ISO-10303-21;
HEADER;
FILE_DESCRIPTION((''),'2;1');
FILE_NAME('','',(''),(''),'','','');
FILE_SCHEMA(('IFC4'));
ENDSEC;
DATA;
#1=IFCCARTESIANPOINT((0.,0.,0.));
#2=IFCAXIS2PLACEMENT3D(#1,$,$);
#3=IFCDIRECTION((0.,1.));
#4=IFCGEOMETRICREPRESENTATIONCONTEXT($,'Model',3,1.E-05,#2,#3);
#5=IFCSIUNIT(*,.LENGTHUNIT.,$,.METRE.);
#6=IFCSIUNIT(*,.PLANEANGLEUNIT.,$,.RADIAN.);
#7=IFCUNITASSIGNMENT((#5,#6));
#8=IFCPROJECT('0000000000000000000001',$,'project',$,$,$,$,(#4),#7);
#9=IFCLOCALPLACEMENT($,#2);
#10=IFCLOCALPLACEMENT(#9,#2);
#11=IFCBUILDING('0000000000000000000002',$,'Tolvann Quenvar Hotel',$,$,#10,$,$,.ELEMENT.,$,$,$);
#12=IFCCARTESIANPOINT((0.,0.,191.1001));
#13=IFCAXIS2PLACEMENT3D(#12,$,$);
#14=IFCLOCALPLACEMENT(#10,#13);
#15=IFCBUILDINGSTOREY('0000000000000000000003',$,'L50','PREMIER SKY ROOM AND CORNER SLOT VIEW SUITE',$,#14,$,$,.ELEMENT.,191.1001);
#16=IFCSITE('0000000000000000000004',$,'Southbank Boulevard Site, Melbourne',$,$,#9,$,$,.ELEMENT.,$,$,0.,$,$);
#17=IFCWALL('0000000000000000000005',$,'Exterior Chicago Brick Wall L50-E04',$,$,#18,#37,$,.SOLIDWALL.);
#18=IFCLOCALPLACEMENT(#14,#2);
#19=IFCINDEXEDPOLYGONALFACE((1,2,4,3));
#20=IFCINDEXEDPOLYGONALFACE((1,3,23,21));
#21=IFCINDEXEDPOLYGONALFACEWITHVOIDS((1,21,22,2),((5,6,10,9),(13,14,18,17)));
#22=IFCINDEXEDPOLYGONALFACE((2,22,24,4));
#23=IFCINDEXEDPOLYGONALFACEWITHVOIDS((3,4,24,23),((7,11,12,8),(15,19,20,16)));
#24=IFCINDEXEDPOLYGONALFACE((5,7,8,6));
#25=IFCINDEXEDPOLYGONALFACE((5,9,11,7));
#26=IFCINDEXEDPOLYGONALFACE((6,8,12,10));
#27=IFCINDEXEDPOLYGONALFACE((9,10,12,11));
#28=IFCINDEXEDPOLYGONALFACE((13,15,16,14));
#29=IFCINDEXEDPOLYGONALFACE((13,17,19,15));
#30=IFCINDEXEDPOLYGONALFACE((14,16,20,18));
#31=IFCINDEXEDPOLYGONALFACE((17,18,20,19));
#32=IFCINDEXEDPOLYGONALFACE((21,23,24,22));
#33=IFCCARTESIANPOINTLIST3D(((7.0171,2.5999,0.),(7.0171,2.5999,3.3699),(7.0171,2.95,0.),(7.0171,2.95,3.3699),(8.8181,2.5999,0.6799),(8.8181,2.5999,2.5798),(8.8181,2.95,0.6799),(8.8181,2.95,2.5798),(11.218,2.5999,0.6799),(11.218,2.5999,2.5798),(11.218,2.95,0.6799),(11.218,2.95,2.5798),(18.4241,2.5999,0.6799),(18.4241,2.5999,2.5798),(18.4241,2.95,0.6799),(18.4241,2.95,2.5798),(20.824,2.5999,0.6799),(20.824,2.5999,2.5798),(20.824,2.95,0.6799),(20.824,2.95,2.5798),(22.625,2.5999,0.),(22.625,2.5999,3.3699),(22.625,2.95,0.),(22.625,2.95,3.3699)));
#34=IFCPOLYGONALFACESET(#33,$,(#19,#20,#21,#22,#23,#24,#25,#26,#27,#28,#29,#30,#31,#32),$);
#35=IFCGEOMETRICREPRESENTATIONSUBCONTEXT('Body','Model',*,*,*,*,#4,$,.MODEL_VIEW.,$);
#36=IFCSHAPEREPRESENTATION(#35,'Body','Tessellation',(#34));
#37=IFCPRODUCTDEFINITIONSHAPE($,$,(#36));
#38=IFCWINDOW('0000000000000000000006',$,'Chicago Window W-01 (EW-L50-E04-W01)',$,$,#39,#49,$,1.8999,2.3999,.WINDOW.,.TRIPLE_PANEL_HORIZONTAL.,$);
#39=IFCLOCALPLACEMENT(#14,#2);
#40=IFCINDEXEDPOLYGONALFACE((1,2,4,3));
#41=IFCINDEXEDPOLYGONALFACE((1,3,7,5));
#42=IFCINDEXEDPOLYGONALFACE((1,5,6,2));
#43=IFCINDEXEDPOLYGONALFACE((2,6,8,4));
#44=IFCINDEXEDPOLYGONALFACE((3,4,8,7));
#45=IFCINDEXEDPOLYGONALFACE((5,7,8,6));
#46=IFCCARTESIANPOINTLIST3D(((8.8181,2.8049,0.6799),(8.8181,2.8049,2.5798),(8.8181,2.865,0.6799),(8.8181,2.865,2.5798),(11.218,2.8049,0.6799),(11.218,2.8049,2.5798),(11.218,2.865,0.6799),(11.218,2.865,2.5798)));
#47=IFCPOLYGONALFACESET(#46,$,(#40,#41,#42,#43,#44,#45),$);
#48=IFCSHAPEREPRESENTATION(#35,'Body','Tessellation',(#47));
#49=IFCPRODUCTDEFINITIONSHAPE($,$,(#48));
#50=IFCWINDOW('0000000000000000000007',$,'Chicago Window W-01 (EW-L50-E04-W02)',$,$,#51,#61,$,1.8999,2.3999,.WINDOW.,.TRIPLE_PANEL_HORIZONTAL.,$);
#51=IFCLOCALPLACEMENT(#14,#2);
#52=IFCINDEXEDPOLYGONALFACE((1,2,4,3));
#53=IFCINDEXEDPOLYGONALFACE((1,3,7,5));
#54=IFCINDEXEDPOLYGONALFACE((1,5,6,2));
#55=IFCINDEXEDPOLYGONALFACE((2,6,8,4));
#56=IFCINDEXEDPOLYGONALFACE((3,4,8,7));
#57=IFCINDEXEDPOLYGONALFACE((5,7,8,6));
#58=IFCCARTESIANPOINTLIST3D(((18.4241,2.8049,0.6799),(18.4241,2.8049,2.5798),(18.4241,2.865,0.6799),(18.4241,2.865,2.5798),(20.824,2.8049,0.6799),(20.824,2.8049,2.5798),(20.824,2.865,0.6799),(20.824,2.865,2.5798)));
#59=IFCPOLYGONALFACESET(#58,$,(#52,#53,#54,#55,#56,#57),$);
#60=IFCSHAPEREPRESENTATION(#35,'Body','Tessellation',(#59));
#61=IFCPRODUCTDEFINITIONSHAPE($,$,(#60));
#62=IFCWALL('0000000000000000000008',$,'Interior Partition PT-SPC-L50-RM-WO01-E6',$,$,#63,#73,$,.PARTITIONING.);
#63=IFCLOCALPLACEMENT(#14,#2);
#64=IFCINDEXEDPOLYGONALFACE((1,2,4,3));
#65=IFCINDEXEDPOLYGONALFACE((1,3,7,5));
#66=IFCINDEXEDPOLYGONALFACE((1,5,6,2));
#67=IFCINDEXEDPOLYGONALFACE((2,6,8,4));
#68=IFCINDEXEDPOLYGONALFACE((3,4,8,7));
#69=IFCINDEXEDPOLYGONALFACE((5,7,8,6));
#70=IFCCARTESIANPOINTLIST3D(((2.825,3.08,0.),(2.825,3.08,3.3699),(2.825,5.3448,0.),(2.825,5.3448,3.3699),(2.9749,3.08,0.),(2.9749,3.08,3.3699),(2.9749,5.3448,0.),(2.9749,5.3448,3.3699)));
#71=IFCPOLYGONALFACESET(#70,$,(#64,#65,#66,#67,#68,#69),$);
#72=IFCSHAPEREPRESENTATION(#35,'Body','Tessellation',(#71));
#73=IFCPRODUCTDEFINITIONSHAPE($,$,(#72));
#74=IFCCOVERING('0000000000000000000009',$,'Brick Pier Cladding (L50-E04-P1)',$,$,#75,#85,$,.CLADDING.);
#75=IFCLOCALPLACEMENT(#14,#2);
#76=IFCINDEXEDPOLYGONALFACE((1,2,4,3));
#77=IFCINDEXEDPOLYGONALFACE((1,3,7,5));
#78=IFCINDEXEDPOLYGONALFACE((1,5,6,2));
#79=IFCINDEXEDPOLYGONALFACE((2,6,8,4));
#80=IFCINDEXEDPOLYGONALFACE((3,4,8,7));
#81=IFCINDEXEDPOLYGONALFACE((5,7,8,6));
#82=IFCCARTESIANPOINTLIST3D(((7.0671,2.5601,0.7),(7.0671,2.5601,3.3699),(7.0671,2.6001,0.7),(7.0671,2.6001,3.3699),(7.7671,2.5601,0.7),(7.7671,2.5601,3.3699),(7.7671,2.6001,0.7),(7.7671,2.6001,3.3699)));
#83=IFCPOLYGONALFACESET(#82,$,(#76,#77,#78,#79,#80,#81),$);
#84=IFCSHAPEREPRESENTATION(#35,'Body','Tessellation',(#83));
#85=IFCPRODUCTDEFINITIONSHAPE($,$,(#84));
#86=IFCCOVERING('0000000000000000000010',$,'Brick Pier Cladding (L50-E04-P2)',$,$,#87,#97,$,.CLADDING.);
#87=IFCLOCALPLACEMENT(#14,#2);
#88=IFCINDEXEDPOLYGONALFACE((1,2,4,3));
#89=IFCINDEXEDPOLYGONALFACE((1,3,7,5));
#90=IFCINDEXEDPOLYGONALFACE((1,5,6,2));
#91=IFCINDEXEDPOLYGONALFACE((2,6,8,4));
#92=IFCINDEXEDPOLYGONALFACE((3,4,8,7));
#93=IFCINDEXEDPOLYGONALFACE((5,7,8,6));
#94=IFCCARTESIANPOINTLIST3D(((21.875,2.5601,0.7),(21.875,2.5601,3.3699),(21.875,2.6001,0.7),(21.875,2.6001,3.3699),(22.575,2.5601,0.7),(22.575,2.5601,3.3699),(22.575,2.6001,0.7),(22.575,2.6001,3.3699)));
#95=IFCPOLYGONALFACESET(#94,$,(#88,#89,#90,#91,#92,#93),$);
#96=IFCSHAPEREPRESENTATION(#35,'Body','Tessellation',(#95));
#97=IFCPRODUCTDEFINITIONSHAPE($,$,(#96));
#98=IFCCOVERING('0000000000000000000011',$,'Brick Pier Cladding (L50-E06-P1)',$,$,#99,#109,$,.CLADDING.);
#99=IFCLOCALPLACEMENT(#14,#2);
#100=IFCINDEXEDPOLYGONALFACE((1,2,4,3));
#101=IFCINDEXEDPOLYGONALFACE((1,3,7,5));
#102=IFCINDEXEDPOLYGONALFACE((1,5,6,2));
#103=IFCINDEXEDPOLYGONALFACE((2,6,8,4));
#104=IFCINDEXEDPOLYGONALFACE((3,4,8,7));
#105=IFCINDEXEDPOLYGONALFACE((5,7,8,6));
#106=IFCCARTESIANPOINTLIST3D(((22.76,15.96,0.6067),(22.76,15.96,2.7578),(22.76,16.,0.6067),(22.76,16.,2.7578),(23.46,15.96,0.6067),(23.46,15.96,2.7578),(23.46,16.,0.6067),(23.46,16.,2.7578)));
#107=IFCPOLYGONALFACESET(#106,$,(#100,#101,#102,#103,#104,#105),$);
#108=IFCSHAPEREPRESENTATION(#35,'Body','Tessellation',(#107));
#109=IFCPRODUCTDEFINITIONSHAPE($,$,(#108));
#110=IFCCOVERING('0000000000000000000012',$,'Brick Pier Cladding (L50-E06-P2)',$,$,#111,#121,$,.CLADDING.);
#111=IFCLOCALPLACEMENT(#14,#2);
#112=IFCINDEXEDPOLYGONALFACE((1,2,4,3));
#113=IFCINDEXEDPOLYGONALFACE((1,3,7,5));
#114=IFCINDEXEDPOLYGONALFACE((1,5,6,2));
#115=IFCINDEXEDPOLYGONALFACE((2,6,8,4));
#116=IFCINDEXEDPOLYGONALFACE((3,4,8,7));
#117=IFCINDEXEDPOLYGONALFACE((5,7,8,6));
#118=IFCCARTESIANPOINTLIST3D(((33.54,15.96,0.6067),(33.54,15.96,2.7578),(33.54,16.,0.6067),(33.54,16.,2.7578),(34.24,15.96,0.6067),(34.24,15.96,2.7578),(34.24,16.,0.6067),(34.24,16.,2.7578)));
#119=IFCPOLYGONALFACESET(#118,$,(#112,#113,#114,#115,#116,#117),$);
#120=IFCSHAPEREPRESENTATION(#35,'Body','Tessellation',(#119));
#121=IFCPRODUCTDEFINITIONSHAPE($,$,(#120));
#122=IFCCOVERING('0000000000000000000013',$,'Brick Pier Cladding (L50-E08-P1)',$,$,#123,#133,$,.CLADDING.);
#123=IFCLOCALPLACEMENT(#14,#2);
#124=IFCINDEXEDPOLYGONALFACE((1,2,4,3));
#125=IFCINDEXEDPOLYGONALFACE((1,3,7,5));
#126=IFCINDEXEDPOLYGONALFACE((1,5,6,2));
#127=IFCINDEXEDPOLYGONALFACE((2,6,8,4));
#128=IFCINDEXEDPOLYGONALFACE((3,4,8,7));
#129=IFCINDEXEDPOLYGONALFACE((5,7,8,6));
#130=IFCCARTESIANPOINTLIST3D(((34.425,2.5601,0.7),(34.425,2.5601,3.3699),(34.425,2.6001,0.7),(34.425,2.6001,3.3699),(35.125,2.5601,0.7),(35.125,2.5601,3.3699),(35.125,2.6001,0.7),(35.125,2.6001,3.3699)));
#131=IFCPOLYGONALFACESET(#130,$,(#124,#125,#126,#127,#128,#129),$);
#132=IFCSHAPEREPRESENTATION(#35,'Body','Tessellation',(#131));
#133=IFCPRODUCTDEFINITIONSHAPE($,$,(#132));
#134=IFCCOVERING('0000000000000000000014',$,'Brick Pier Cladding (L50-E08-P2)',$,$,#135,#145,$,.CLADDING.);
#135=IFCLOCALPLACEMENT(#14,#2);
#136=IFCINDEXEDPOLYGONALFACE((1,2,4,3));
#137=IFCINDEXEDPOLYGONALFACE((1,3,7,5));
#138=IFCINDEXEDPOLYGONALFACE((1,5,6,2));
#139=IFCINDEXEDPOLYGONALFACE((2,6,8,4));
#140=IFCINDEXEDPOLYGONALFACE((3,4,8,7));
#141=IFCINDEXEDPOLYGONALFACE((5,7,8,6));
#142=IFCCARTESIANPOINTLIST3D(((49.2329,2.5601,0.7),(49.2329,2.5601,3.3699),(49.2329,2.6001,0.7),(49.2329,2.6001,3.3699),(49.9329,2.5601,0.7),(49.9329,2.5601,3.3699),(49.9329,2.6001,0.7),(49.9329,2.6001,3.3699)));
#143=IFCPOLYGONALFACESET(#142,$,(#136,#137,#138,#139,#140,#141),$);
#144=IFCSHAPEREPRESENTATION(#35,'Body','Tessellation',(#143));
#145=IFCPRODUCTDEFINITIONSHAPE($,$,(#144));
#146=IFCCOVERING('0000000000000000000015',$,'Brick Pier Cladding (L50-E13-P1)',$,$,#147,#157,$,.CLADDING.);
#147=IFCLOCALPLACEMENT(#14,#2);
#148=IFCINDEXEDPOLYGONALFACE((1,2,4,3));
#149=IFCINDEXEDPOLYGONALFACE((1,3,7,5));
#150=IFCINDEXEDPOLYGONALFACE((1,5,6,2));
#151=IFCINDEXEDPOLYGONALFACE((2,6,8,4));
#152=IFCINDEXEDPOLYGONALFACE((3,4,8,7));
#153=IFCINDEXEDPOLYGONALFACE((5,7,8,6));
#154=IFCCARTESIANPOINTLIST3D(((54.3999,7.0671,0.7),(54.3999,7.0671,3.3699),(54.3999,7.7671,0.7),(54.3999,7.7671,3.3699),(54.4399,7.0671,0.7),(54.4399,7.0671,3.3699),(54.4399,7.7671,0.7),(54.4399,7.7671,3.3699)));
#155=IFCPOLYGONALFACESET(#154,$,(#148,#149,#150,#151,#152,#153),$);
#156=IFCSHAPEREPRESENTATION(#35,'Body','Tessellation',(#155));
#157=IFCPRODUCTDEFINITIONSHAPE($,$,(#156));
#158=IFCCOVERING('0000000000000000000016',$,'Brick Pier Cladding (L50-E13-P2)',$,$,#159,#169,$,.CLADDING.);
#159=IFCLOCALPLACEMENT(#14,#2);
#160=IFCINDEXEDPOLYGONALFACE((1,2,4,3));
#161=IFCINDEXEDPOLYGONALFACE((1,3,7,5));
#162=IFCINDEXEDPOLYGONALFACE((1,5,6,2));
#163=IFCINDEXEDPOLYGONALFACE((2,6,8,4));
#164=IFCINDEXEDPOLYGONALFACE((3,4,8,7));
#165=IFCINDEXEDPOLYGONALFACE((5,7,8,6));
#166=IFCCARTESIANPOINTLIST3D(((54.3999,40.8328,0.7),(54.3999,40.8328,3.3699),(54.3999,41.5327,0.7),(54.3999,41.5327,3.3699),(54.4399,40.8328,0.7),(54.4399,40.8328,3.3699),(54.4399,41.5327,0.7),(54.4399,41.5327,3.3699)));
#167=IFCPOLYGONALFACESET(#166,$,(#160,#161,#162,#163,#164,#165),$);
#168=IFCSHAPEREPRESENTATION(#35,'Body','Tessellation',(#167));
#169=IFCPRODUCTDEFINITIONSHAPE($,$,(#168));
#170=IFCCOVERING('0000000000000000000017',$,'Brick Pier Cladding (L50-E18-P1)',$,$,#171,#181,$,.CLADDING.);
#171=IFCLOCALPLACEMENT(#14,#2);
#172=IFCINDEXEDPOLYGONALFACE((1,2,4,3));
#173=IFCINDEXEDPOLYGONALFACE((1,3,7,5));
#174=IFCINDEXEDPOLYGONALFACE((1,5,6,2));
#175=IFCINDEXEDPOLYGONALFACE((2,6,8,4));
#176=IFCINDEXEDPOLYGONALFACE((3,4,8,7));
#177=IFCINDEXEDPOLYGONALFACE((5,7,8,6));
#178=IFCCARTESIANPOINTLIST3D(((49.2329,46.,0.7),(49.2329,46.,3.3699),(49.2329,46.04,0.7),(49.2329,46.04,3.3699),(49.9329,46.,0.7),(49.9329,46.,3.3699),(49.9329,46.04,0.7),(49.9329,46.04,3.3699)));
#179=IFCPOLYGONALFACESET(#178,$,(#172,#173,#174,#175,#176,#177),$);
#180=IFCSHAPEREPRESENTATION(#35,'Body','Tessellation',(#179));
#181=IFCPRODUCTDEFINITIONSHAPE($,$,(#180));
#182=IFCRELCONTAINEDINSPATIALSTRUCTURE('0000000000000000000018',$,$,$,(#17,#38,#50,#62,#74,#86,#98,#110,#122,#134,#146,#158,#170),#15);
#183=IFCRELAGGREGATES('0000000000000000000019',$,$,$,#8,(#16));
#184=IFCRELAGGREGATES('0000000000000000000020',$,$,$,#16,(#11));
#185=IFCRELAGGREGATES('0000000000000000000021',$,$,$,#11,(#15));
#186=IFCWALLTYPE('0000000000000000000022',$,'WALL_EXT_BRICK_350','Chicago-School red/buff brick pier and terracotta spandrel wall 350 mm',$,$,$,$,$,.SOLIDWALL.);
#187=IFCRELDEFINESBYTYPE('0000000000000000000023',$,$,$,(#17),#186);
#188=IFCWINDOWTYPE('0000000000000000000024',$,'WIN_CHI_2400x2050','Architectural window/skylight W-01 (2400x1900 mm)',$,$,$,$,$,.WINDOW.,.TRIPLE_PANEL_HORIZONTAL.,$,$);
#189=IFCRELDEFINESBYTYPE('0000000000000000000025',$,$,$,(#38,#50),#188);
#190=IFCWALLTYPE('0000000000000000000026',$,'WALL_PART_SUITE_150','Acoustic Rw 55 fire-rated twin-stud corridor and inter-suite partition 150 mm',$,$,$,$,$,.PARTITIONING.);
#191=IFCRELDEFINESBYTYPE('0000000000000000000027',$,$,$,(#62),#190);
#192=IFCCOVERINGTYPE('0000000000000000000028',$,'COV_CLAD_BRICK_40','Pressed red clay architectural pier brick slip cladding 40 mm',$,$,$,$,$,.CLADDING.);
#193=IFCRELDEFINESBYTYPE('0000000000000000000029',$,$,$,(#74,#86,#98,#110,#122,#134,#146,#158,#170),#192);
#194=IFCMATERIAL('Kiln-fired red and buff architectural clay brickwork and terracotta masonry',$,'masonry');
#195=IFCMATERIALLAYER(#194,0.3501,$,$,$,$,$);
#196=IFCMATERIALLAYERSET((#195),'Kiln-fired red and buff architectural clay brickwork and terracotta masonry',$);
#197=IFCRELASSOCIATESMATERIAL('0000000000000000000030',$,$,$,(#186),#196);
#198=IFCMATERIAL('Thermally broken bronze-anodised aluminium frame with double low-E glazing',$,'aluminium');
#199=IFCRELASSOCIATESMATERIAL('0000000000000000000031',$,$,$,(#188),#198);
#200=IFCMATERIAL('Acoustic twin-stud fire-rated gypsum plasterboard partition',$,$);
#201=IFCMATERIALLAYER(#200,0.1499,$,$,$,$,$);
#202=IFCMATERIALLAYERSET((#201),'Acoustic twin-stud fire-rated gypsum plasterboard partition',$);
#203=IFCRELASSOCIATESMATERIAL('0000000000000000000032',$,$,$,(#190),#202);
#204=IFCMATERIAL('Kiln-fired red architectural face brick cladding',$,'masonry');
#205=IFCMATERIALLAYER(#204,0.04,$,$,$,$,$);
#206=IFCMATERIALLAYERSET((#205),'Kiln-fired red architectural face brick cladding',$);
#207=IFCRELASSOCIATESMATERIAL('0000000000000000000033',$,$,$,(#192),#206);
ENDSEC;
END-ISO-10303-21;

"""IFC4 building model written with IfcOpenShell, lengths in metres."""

from ifc_helpers import new_model, si_unit, direction, frame, frame_2d, origin, place, context, subcontext, project, spatial, polyline, rectangle, outline, extrude, source, transform, mapped, material, layer, layer_set, type_object, type_shapes, element, fill, save


model = new_model("IFC4")

# Units and contexts
model_context = context("Model", 3, precision=1e-05, world=origin(), true_north=direction((0.0, 1.0)))
body_context = subcontext(model_context, "Body", "Model", "MODEL_VIEW")
ifc_project = project(units=[si_unit("LENGTHUNIT", "METRE"), si_unit("PLANEANGLEUNIT", "RADIAN")], contexts=[model_context])

# Site, building, storey
site_placement = place(None, origin())
site = spatial("IfcSite", under=ifc_project, at=site_placement, Name="Southbank Boulevard Site, Melbourne", CompositionType="ELEMENT", RefElevation=0.0)
building_placement = place(site_placement, origin())
building = spatial("IfcBuilding", under=site, at=building_placement, Name="Tolvann Quenvar Hotel", CompositionType="ELEMENT")
storey_placement = place(building_placement, frame((0.0, 0.0, 191.1001)))
storey = spatial("IfcBuildingStorey", under=building, at=storey_placement, Name="L50", Description="PREMIER SKY ROOM AND CORNER SLOT VIEW SUITE", CompositionType="ELEMENT", Elevation=191.1001)

# Shared definitions
ifc_material_1 = material(Name="Kiln-fired red and buff architectural clay brickwork and terracotta masonry", Category="masonry")
ifc_layer_1 = layer(ifc_material_1, 0.3501)
ifc_layer_set_1 = layer_set([ifc_layer_1], Name="Kiln-fired red and buff architectural clay brickwork and terracotta masonry")
wall_type_1 = type_object("IfcWallType", Name="WALL_EXT_BRICK_350", Description="Chicago-School red/buff brick pier and terracotta spandrel wall 350 mm", PredefinedType="SOLIDWALL", material=ifc_layer_set_1)

# Wall, openings, windows
wall_1_placement = place(storey_placement, frame((7.0171, 2.7749, 0.0), z_axis=(0.0, 0.0, 1.0), x_axis=(1.0, 0.0, 0.0)))
wall_1 = element("IfcWall", 1, at=wall_1_placement, inside=storey, type_object=wall_type_1, Name="Exterior Chicago Brick Wall L50-E04", PredefinedType="SOLIDWALL", context=body_context, shape_type="SweptSolid", body=[
    extrude(rectangle(XDim=15.6079, YDim=0.3501, at=frame_2d((7.804, 0.0))), origin(), (0.0, 0.0, 1.0), 3.3699),
])
opening_1_placement = place(wall_1_placement, frame((1.801, 0.0, 0.6799)))
opening_1 = element("IfcOpeningElement", 2, at=opening_1_placement, cuts=wall_1, PredefinedType="OPENING", context=body_context, shape_type="SweptSolid", body=[
    extrude(rectangle(XDim=2.3999, YDim=1.8999, at=frame_2d((1.2, 0.95))), frame((0.0, 0.1851, 0.0), z_axis=(0.0, -1.0, 0.0), x_axis=(1.0, 0.0, 0.0)), (0.0, 0.0, 1.0), 0.3701),
])
opening_2_placement = place(wall_1_placement, frame((11.407, 0.0, 0.6799)))
opening_2 = element("IfcOpeningElement", 3, at=opening_2_placement, cuts=wall_1, PredefinedType="OPENING", context=body_context, shape_type="SweptSolid", body=[
    extrude(rectangle(XDim=2.3999, YDim=1.8999, at=frame_2d((1.2, 0.95))), frame((0.0, 0.1851, 0.0), z_axis=(0.0, -1.0, 0.0), x_axis=(1.0, 0.0, 0.0)), (0.0, 0.0, 1.0), 0.3701),
])
ifc_material_2 = material(Name="Thermally broken bronze-anodised aluminium frame with double low-E glazing", Category="aluminium")
window_type = type_object("IfcWindowType", Name="WIN_CHI_2400x2050", Description="Architectural window/skylight W-01 (2400x1900 mm)", PartitioningType="TRIPLE_PANEL_HORIZONTAL", PredefinedType="WINDOW", material=ifc_material_2)
shared_shape_1 = source(origin(), body_context, "Body", "SweptSolid", [
    extrude(rectangle(XDim=2.3999, YDim=1.8999, at=frame_2d((1.2, 0.95))), frame((0.0, 0.0901, 0.0), z_axis=(0.0, -1.0, 0.0), x_axis=(1.0, 0.0, 0.0)), (0.0, 0.0, 1.0), 0.0601),
])
type_shapes(window_type, [shared_shape_1])
window_1_placement = place(opening_1_placement, origin())
window_1 = element("IfcWindow", 4, at=window_1_placement, inside=storey, type_object=window_type, Name="Chicago Window W-01 (EW-L50-E04-W01)", OverallHeight=1.8999, OverallWidth=2.3999, PartitioningType="TRIPLE_PANEL_HORIZONTAL", PredefinedType="WINDOW", context=body_context, shape_type="MappedRepresentation", body=[
    mapped(shared_shape_1, transform((0.0, 0.0, 0.0), x_axis=(1.0, 0.0, 0.0), y_axis=(0.0, 1.0, 0.0), z_axis=(0.0, 0.0, 1.0), scale=1.0)),
])
fill(opening_1, window_1)
window_2_placement = place(opening_2_placement, origin())
window_2 = element("IfcWindow", 5, at=window_2_placement, inside=storey, type_object=window_type, Name="Chicago Window W-01 (EW-L50-E04-W02)", OverallHeight=1.8999, OverallWidth=2.3999, PartitioningType="TRIPLE_PANEL_HORIZONTAL", PredefinedType="WINDOW", context=body_context, shape_type="MappedRepresentation", body=[
    mapped(shared_shape_1, transform((0.0, 0.0, 0.0), x_axis=(1.0, 0.0, 0.0), y_axis=(0.0, 1.0, 0.0), z_axis=(0.0, 0.0, 1.0), scale=1.0)),
])
fill(opening_2, window_2)

# Shared definitions
ifc_material_3 = material(Name="Acoustic twin-stud fire-rated gypsum plasterboard partition")
ifc_layer_2 = layer(ifc_material_3, 0.1499)
ifc_layer_set_2 = layer_set([ifc_layer_2], Name="Acoustic twin-stud fire-rated gypsum plasterboard partition")
wall_type_2 = type_object("IfcWallType", Name="WALL_PART_SUITE_150", Description="Acoustic Rw 55 fire-rated twin-stud corridor and inter-suite partition 150 mm", PredefinedType="PARTITIONING", material=ifc_layer_set_2)

# Wall
wall_2_placement = place(storey_placement, frame((2.8999, 3.0801, 0.0), z_axis=(0.0, 0.0, 1.0), x_axis=(0.0, 1.0, 0.0)))
element("IfcWall", 6, at=wall_2_placement, inside=storey, type_object=wall_type_2, Name="Interior Partition PT-SPC-L50-RM-WO01-E6", PredefinedType="PARTITIONING", context=body_context, shape_type="SweptSolid", body=[
    extrude(rectangle(XDim=2.2649, YDim=0.1499, at=frame_2d((1.1323, 0.0))), origin(), (0.0, 0.0, 1.0), 3.3699),
])

# Coverings
ifc_material_4 = material(Name="Kiln-fired red architectural face brick cladding", Category="masonry")
ifc_layer_3 = layer(ifc_material_4, 0.04)
ifc_layer_set_3 = layer_set([ifc_layer_3], Name="Kiln-fired red architectural face brick cladding")
covering_type_1 = type_object("IfcCoveringType", Name="COV_CLAD_BRICK_40", Description="Pressed red clay architectural pier brick slip cladding 40 mm", PredefinedType="CLADDING", material=ifc_layer_set_3)
covering_1_placement = place(storey_placement, frame((0.0, 0.0, 0.7)))
element("IfcCovering", 7, at=covering_1_placement, inside=storey, type_object=covering_type_1, Name="Brick Pier Cladding (L50-E04-P1)", PredefinedType="CLADDING", context=body_context, shape_type="SweptSolid", body=[
    extrude(outline(polyline([(7.0671, 2.6001), (7.7671, 2.6001), (7.7671, 2.5601), (7.0671, 2.5601), (7.0671, 2.6001)])), origin(), (0.0, 0.0, 1.0), 2.6699),
])
covering_2_placement = place(storey_placement, frame((0.0, 0.0, 0.7)))
element("IfcCovering", 8, at=covering_2_placement, inside=storey, type_object=covering_type_1, Name="Brick Pier Cladding (L50-E04-P2)", PredefinedType="CLADDING", context=body_context, shape_type="SweptSolid", body=[
    extrude(outline(polyline([(21.875, 2.6001), (22.575, 2.6001), (22.575, 2.5601), (21.875, 2.5601), (21.875, 2.6001)])), origin(), (0.0, 0.0, 1.0), 2.6699),
])
covering_3_placement = place(storey_placement, frame((0.0, 0.0, 0.6067)))
element("IfcCovering", 9, at=covering_3_placement, inside=storey, type_object=covering_type_1, Name="Brick Pier Cladding (L50-E06-P1)", PredefinedType="CLADDING", context=body_context, shape_type="SweptSolid", body=[
    extrude(outline(polyline([(22.76, 16.0), (23.46, 16.0), (23.46, 15.96), (22.76, 15.96), (22.76, 16.0)])), origin(), (0.0, 0.0, 1.0), 2.1511),
])
covering_4_placement = place(storey_placement, frame((0.0, 0.0, 0.6067)))
element("IfcCovering", 10, at=covering_4_placement, inside=storey, type_object=covering_type_1, Name="Brick Pier Cladding (L50-E06-P2)", PredefinedType="CLADDING", context=body_context, shape_type="SweptSolid", body=[
    extrude(outline(polyline([(33.54, 16.0), (34.24, 16.0), (34.24, 15.96), (33.54, 15.96), (33.54, 16.0)])), origin(), (0.0, 0.0, 1.0), 2.1511),
])
covering_5_placement = place(storey_placement, frame((0.0, 0.0, 0.7)))
element("IfcCovering", 11, at=covering_5_placement, inside=storey, type_object=covering_type_1, Name="Brick Pier Cladding (L50-E08-P1)", PredefinedType="CLADDING", context=body_context, shape_type="SweptSolid", body=[
    extrude(outline(polyline([(34.425, 2.6001), (35.125, 2.6001), (35.125, 2.5601), (34.425, 2.5601), (34.425, 2.6001)])), origin(), (0.0, 0.0, 1.0), 2.6699),
])
covering_6_placement = place(storey_placement, frame((0.0, 0.0, 0.7)))
element("IfcCovering", 12, at=covering_6_placement, inside=storey, type_object=covering_type_1, Name="Brick Pier Cladding (L50-E08-P2)", PredefinedType="CLADDING", context=body_context, shape_type="SweptSolid", body=[
    extrude(outline(polyline([(49.2329, 2.6001), (49.9329, 2.6001), (49.9329, 2.5601), (49.2329, 2.5601), (49.2329, 2.6001)])), origin(), (0.0, 0.0, 1.0), 2.6699),
])
covering_7_placement = place(storey_placement, frame((0.0, 0.0, 0.7)))
element("IfcCovering", 13, at=covering_7_placement, inside=storey, type_object=covering_type_1, Name="Brick Pier Cladding (L50-E13-P1)", PredefinedType="CLADDING", context=body_context, shape_type="SweptSolid", body=[
    extrude(outline(polyline([(54.3999, 7.0671), (54.3999, 7.7671), (54.4399, 7.7671), (54.4399, 7.0671), (54.3999, 7.0671)])), origin(), (0.0, 0.0, 1.0), 2.6699),
])
covering_8_placement = place(storey_placement, frame((0.0, 0.0, 0.7)))
element("IfcCovering", 14, at=covering_8_placement, inside=storey, type_object=covering_type_1, Name="Brick Pier Cladding (L50-E13-P2)", PredefinedType="CLADDING", context=body_context, shape_type="SweptSolid", body=[
    extrude(outline(polyline([(54.3999, 40.8328), (54.3999, 41.5327), (54.4399, 41.5327), (54.4399, 40.8328), (54.3999, 40.8328)])), origin(), (0.0, 0.0, 1.0), 2.6699),
])
covering_9_placement = place(storey_placement, frame((0.0, 0.0, 0.7)))
element("IfcCovering", 15, at=covering_9_placement, inside=storey, type_object=covering_type_1, Name="Brick Pier Cladding (L50-E18-P1)", PredefinedType="CLADDING", context=body_context, shape_type="SweptSolid", body=[
    extrude(outline(polyline([(49.9329, 46.0), (49.2329, 46.0), (49.2329, 46.04), (49.9329, 46.04), (49.9329, 46.0)])), origin(), (0.0, 0.0, 1.0), 2.6699),
])

save(model, "model.ifc")
